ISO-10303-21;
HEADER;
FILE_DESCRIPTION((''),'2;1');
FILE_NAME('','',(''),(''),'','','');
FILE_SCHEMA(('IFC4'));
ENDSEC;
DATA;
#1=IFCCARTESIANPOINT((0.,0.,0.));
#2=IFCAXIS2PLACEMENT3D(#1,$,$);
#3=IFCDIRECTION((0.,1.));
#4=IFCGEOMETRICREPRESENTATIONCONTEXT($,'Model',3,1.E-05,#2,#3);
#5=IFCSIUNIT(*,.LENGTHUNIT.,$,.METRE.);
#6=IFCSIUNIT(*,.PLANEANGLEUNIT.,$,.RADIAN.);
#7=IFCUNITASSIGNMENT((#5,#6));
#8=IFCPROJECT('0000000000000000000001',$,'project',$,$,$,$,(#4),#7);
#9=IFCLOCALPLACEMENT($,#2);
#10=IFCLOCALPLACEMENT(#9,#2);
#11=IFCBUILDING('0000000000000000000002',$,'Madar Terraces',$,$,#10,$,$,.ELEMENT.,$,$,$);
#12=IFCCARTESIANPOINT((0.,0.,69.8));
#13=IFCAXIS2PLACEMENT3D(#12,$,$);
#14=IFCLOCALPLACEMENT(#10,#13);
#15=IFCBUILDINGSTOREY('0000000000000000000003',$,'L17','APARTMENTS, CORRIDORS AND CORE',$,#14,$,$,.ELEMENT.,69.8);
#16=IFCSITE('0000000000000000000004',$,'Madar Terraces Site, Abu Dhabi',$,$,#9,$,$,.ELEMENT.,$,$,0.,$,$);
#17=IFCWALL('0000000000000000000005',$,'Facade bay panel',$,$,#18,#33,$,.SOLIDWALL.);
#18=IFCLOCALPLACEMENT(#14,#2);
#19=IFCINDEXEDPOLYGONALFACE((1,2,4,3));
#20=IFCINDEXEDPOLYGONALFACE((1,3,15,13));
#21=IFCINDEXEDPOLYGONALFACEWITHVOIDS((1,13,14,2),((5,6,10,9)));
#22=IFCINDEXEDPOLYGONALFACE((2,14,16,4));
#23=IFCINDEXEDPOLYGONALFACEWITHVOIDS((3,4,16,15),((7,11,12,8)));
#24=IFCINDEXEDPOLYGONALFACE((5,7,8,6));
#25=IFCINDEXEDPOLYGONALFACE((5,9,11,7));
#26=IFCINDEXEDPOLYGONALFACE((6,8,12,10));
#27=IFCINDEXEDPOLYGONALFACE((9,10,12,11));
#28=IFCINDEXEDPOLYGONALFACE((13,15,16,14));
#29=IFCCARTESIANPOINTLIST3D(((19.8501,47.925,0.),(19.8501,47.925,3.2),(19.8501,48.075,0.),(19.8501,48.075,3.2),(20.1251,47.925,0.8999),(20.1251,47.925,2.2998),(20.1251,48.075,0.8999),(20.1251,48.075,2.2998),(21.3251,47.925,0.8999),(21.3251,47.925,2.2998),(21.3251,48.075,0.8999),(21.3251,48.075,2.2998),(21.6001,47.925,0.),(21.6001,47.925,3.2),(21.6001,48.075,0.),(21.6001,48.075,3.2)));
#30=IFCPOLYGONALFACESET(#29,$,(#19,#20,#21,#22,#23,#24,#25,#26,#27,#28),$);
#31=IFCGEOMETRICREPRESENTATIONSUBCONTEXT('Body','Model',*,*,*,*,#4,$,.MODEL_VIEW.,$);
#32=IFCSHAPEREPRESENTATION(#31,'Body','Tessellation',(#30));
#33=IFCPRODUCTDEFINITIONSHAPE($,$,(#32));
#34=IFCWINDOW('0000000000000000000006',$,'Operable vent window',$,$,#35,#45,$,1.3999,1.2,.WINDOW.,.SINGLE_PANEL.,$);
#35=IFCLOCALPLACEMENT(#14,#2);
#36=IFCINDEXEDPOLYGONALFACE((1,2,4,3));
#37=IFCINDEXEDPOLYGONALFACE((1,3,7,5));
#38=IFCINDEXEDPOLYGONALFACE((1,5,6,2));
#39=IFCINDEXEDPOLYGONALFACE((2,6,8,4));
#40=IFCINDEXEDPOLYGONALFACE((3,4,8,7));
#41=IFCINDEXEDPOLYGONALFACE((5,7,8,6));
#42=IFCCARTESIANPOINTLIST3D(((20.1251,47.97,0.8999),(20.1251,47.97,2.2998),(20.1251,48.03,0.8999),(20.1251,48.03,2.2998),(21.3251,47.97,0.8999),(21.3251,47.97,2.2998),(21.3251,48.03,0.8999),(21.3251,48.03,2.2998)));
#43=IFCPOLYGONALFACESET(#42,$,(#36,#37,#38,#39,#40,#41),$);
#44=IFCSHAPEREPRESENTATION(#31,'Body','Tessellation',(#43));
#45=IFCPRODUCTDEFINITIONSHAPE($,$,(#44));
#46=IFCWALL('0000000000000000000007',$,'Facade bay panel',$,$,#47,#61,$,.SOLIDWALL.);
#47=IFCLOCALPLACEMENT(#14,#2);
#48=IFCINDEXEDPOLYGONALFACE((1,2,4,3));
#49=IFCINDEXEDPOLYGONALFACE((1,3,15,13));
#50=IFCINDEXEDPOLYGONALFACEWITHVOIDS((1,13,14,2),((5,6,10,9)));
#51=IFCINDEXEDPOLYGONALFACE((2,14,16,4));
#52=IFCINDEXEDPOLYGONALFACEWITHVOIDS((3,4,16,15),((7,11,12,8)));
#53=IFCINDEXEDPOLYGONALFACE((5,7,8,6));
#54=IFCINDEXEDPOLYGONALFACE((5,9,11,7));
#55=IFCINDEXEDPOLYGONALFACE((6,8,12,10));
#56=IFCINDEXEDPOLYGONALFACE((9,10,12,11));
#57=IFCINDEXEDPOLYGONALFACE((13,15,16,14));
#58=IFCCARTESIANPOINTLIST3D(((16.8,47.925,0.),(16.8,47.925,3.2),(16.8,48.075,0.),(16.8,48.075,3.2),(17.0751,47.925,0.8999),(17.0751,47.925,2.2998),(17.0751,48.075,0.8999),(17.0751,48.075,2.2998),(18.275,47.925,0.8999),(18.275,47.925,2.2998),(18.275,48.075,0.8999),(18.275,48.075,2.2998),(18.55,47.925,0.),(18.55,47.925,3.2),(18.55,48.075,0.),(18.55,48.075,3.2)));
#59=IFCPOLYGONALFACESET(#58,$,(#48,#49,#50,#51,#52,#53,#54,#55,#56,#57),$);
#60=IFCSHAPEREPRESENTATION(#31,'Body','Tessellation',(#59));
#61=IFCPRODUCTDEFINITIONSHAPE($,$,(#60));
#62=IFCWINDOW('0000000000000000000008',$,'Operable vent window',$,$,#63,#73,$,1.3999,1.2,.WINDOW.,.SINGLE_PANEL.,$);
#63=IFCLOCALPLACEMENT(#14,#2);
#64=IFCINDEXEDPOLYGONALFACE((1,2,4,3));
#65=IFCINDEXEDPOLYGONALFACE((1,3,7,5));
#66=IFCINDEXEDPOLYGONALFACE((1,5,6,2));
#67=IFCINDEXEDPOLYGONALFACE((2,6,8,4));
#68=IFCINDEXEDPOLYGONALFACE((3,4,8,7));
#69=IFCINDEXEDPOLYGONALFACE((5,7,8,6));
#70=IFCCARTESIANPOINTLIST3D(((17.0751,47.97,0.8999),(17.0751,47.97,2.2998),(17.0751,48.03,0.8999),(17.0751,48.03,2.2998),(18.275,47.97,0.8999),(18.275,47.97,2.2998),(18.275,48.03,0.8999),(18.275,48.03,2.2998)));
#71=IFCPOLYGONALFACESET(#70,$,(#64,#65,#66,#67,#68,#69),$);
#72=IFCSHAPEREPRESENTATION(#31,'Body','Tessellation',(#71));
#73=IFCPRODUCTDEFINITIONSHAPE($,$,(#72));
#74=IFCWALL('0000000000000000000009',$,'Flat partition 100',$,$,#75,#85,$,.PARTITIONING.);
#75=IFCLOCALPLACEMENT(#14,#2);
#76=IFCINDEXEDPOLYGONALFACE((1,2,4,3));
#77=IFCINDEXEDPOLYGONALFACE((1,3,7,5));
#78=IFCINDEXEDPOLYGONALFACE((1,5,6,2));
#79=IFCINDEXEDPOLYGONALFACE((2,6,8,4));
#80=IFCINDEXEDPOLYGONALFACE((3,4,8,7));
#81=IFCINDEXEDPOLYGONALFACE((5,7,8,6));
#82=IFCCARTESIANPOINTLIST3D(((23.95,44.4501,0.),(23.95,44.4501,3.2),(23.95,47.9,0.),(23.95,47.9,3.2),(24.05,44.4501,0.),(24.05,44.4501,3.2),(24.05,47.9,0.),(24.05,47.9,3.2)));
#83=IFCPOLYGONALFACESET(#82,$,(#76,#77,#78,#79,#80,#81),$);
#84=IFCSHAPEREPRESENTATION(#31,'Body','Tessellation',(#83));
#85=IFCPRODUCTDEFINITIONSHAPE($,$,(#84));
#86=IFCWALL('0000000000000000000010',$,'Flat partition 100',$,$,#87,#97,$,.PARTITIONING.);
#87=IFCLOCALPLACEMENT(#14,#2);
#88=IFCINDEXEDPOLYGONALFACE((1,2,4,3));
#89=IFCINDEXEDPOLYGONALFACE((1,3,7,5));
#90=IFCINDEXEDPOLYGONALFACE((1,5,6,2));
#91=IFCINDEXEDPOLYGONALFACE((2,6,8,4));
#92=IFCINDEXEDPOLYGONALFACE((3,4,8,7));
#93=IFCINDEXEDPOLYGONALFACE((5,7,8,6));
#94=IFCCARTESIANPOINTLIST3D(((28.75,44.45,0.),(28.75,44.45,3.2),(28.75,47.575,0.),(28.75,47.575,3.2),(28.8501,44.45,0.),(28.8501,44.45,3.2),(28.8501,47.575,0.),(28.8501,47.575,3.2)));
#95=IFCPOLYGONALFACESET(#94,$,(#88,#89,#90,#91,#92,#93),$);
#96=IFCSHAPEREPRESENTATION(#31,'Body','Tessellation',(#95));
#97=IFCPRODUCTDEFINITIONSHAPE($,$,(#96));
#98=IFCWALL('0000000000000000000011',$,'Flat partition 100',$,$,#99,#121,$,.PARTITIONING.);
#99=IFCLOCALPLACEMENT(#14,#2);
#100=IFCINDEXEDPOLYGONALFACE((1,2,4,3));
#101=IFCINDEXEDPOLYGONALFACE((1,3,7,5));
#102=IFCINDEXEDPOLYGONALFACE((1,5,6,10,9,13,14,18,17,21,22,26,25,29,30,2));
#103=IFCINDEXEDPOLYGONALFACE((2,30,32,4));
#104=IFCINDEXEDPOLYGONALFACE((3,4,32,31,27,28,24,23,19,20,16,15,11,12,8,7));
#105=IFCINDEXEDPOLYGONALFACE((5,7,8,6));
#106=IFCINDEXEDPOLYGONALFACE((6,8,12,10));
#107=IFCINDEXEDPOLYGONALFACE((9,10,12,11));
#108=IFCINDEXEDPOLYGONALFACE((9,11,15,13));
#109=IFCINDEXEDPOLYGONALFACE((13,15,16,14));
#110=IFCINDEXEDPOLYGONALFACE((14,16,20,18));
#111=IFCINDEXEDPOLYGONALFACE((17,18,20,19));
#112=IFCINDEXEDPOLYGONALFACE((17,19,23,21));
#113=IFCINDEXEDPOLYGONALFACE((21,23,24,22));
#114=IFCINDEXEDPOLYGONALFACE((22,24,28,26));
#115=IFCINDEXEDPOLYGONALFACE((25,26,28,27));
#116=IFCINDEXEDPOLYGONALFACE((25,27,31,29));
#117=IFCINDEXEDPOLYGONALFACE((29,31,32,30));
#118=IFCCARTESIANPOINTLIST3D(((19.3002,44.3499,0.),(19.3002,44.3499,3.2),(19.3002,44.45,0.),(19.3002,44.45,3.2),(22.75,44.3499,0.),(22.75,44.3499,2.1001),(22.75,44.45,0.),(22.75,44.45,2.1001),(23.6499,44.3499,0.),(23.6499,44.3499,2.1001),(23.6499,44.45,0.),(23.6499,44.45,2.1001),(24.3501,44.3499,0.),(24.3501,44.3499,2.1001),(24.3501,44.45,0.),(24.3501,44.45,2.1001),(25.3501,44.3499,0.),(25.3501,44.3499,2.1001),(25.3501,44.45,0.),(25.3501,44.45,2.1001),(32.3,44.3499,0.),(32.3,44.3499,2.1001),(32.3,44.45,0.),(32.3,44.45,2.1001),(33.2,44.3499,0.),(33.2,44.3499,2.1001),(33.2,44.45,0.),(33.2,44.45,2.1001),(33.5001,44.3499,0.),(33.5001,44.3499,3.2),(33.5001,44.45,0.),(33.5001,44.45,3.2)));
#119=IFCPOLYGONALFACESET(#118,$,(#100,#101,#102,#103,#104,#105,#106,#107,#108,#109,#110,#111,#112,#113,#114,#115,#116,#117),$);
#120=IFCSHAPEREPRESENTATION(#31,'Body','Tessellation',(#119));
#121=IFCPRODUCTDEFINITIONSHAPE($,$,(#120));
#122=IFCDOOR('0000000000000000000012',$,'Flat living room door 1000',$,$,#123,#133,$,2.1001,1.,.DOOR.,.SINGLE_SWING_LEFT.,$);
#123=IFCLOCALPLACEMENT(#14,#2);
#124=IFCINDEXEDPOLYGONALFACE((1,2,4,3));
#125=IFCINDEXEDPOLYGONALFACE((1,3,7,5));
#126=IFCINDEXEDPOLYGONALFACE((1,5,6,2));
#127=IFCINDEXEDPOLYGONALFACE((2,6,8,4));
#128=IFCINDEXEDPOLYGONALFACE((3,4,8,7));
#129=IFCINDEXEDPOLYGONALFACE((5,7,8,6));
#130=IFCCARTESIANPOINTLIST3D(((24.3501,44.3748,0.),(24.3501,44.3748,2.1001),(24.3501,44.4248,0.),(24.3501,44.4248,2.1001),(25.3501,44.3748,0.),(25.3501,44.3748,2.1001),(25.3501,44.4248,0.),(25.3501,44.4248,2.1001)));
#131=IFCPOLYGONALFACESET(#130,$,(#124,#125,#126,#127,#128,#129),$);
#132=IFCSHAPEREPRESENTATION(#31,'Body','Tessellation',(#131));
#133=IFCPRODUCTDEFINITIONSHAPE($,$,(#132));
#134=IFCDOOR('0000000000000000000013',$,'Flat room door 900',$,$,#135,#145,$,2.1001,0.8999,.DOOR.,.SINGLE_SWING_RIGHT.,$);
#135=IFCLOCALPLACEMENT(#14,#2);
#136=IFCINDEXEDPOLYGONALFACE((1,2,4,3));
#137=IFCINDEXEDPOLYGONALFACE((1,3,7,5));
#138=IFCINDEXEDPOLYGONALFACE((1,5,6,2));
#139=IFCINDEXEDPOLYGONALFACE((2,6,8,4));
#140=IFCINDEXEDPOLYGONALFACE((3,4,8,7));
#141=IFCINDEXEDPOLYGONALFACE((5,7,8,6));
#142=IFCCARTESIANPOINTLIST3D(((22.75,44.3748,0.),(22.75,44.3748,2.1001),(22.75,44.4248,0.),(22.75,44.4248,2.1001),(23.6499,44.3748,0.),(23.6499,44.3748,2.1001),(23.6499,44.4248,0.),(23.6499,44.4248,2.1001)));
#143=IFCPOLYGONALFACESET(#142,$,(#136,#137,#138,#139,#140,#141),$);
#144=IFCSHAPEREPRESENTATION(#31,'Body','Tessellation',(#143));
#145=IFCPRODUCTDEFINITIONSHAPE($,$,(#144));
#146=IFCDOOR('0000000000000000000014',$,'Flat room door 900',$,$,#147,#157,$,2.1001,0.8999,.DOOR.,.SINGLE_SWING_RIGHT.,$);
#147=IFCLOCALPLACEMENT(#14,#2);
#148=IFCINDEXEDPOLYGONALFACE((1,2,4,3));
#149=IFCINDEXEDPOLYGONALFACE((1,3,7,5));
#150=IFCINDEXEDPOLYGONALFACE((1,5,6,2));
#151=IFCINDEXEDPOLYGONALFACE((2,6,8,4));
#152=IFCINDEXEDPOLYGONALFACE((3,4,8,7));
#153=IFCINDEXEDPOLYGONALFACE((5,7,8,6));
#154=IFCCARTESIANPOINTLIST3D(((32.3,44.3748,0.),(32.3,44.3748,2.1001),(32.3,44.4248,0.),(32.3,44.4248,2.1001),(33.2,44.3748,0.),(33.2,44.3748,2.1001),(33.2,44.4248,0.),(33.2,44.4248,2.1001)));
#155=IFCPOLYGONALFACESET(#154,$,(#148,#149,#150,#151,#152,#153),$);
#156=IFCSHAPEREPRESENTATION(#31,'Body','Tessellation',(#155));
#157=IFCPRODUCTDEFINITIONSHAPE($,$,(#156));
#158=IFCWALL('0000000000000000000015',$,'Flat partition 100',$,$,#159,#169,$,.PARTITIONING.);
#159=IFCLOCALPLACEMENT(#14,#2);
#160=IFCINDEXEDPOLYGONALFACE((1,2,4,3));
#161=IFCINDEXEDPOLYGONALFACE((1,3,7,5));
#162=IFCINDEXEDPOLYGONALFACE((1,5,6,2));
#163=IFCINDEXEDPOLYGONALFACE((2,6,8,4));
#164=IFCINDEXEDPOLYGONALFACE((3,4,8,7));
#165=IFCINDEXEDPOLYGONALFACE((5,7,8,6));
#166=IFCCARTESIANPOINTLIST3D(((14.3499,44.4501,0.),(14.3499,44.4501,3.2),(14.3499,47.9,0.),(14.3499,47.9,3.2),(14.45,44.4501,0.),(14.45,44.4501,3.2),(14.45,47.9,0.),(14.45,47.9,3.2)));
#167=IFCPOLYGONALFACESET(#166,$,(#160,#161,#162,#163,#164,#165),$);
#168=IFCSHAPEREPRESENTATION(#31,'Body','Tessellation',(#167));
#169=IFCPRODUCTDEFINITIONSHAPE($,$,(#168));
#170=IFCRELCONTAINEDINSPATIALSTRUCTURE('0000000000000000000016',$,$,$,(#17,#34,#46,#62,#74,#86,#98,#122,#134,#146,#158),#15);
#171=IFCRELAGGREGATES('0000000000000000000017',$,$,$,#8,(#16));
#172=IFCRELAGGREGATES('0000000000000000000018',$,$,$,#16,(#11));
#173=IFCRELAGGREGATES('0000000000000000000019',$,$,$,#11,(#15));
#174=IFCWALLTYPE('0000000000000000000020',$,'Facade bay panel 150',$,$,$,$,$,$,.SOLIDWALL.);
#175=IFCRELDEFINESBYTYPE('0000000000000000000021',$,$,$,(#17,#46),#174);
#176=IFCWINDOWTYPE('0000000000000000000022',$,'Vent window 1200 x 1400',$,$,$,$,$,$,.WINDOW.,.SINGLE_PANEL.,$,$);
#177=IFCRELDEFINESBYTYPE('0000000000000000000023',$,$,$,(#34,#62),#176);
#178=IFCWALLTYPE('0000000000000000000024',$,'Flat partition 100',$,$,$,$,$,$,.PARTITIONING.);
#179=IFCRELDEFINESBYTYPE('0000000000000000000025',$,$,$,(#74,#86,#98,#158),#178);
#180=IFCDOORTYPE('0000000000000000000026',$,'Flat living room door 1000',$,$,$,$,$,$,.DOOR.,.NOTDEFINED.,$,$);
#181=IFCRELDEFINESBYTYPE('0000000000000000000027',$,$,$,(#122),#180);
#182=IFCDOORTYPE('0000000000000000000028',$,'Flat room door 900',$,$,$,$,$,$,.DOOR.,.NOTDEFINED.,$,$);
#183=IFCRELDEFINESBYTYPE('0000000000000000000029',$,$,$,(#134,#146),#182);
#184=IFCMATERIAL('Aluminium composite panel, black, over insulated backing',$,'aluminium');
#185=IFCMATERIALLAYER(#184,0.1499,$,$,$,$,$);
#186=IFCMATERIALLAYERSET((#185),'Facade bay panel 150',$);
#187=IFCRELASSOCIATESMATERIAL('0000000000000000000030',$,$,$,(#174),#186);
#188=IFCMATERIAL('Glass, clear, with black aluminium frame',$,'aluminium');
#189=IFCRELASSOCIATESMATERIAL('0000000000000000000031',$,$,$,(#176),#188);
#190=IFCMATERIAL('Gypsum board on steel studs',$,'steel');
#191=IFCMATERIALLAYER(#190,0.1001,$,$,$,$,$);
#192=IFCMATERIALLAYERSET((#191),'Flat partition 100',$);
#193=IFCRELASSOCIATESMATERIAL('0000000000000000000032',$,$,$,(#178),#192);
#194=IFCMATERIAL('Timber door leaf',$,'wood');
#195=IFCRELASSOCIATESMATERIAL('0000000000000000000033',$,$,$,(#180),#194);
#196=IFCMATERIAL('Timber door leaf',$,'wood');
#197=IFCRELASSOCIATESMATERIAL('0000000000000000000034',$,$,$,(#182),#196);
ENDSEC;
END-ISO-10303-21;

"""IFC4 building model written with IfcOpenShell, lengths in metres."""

from ifc_helpers import new_model, si_unit, direction, frame, frame_2d, origin, place, context, subcontext, project, spatial, rectangle, extrude, material, layer, layer_set, type_object, element, fill, save


model = new_model("IFC4")

# Units and contexts
model_context = context("Model", 3, precision=1e-05, world=origin(), true_north=direction((0.0, 1.0)))
body_context = subcontext(model_context, "Body", "Model", "MODEL_VIEW")
ifc_project = project(units=[si_unit("LENGTHUNIT", "METRE"), si_unit("PLANEANGLEUNIT", "RADIAN")], contexts=[model_context])

# Site, building, storey
site_placement = place(None, origin())
site = spatial("IfcSite", under=ifc_project, at=site_placement, Name="Madar Terraces Site, Abu Dhabi", CompositionType="ELEMENT", RefElevation=0.0)
building_placement = place(site_placement, origin())
building = spatial("IfcBuilding", under=site, at=building_placement, Name="Madar Terraces", CompositionType="ELEMENT")
storey_placement = place(building_placement, frame((0.0, 0.0, 69.8)))
storey = spatial("IfcBuildingStorey", under=building, at=storey_placement, Name="L17", Description="APARTMENTS, CORRIDORS AND CORE", CompositionType="ELEMENT", Elevation=69.8)

# Walls, openings, windows
ifc_material_1 = material(Name="Aluminium composite panel, black, over insulated backing", Category="aluminium")
ifc_layer_1 = layer(ifc_material_1, 0.1499)
ifc_layer_set_1 = layer_set([ifc_layer_1], Name="Facade bay panel 150")
wall_type_1 = type_object("IfcWallType", Name="Facade bay panel 150", PredefinedType="SOLIDWALL", material=ifc_layer_set_1)
ifc_material_2 = material(Name="Glass, clear, with black aluminium frame", Category="aluminium")
window_type = type_object("IfcWindowType", Name="Vent window 1200 x 1400", PartitioningType="SINGLE_PANEL", PredefinedType="WINDOW", material=ifc_material_2)
wall_1_placement = place(storey_placement, frame((21.6001, 48.0, 0.0), z_axis=(0.0, 0.0, 1.0), x_axis=(-1.0, 0.0, 0.0)))
wall_1 = element("IfcWall", 1, at=wall_1_placement, inside=storey, type_object=wall_type_1, Name="Facade bay panel", PredefinedType="SOLIDWALL", context=body_context, shape_type="SweptSolid", body=[
    extrude(rectangle(XDim=1.75, YDim=0.1499, at=frame_2d((0.875, 0.0))), origin(), (0.0, 0.0, 1.0), 3.2),
])
opening_1_placement = place(wall_1_placement, frame((0.2749, 0.0, 0.8999)))
opening_1 = element("IfcOpeningElement", 2, at=opening_1_placement, cuts=wall_1, PredefinedType="OPENING", context=body_context, shape_type="SweptSolid", body=[
    extrude(rectangle(XDim=1.2, YDim=1.3999, at=frame_2d((0.6001, 0.7))), frame((0.0, 0.085, 0.0), z_axis=(0.0, -1.0, 0.0), x_axis=(1.0, 0.0, 0.0)), (0.0, 0.0, 1.0), 0.1699),
])
window_1_placement = place(opening_1_placement, origin())
window_1 = element("IfcWindow", 3, at=window_1_placement, inside=storey, type_object=window_type, Name="Operable vent window", OverallHeight=1.3999, OverallWidth=1.2, PartitioningType="SINGLE_PANEL", PredefinedType="WINDOW", context=body_context, shape_type="SweptSolid", body=[
    extrude(rectangle(XDim=1.2, YDim=1.3999, at=frame_2d((0.6001, 0.7))), frame((0.0, 0.03, 0.0), z_axis=(0.0, -1.0, 0.0), x_axis=(1.0, 0.0, 0.0)), (0.0, 0.0, 1.0), 0.0601),
])
fill(opening_1, window_1)
wall_2_placement = place(storey_placement, frame((18.55, 48.0, 0.0), z_axis=(0.0, 0.0, 1.0), x_axis=(-1.0, 0.0, 0.0)))
wall_2 = element("IfcWall", 4, at=wall_2_placement, inside=storey, type_object=wall_type_1, Name="Facade bay panel", PredefinedType="SOLIDWALL", context=body_context, shape_type="SweptSolid", body=[
    extrude(rectangle(XDim=1.75, YDim=0.1499, at=frame_2d((0.875, 0.0))), origin(), (0.0, 0.0, 1.0), 3.2),
])
opening_2_placement = place(wall_2_placement, frame((0.2749, 0.0, 0.8999)))
opening_2 = element("IfcOpeningElement", 5, at=opening_2_placement, cuts=wall_2, PredefinedType="OPENING", context=body_context, shape_type="SweptSolid", body=[
    extrude(rectangle(XDim=1.2, YDim=1.3999, at=frame_2d((0.6001, 0.7))), frame((0.0, 0.085, 0.0), z_axis=(0.0, -1.0, 0.0), x_axis=(1.0, 0.0, 0.0)), (0.0, 0.0, 1.0), 0.1699),
])
window_2_placement = place(opening_2_placement, origin())
window_2 = element("IfcWindow", 6, at=window_2_placement, inside=storey, type_object=window_type, Name="Operable vent window", OverallHeight=1.3999, OverallWidth=1.2, PartitioningType="SINGLE_PANEL", PredefinedType="WINDOW", context=body_context, shape_type="SweptSolid", body=[
    extrude(rectangle(XDim=1.2, YDim=1.3999, at=frame_2d((0.6001, 0.7))), frame((0.0, 0.03, 0.0), z_axis=(0.0, -1.0, 0.0), x_axis=(1.0, 0.0, 0.0)), (0.0, 0.0, 1.0), 0.0601),
])
fill(opening_2, window_2)

# Walls
ifc_material_3 = material(Name="Gypsum board on steel studs", Category="steel")
ifc_layer_2 = layer(ifc_material_3, 0.1001)
ifc_layer_set_2 = layer_set([ifc_layer_2], Name="Flat partition 100")
wall_type_2 = type_object("IfcWallType", Name="Flat partition 100", PredefinedType="PARTITIONING", material=ifc_layer_set_2)
wall_3_placement = place(storey_placement, frame((24.0, 44.45, 0.0), z_axis=(0.0, 0.0, 1.0), x_axis=(0.0, 1.0, 0.0)))
element("IfcWall", 7, at=wall_3_placement, inside=storey, type_object=wall_type_2, Name="Flat partition 100", PredefinedType="PARTITIONING", context=body_context, shape_type="SweptSolid", body=[
    extrude(rectangle(XDim=3.45, YDim=0.1001, at=frame_2d((1.7251, 0.0))), origin(), (0.0, 0.0, 1.0), 3.2),
])
wall_4_placement = place(storey_placement, frame((28.8, 44.45, 0.0), z_axis=(0.0, 0.0, 1.0), x_axis=(0.0, 1.0, 0.0)))
element("IfcWall", 8, at=wall_4_placement, inside=storey, type_object=wall_type_2, Name="Flat partition 100", PredefinedType="PARTITIONING", context=body_context, shape_type="SweptSolid", body=[
    extrude(rectangle(XDim=3.125, YDim=0.1001, at=frame_2d((1.5625, 0.0))), origin(), (0.0, 0.0, 1.0), 3.2),
])

# Wall, openings, doors
wall_5_placement = place(storey_placement, frame((19.3, 44.3999, 0.0), z_axis=(0.0, 0.0, 1.0), x_axis=(1.0, 0.0, 0.0)))
wall_5 = element("IfcWall", 9, at=wall_5_placement, inside=storey, type_object=wall_type_2, Name="Flat partition 100", PredefinedType="PARTITIONING", context=body_context, shape_type="SweptSolid", body=[
    extrude(rectangle(XDim=14.2, YDim=0.1001, at=frame_2d((7.1001, 0.0))), origin(), (0.0, 0.0, 1.0), 3.2),
])
opening_3_placement = place(wall_5_placement, frame((3.45, 0.0, 0.0)))
opening_3 = element("IfcOpeningElement", 10, at=opening_3_placement, cuts=wall_5, PredefinedType="OPENING", context=body_context, shape_type="SweptSolid", body=[
    extrude(rectangle(XDim=0.8999, YDim=2.1001, at=frame_2d((0.45, 1.05))), frame((0.0, 0.0601, 0.0), z_axis=(0.0, -1.0, 0.0), x_axis=(1.0, 0.0, 0.0)), (0.0, 0.0, 1.0), 0.1201),
])
opening_4_placement = place(wall_5_placement, frame((5.05, 0.0, 0.0)))
opening_4 = element("IfcOpeningElement", 11, at=opening_4_placement, cuts=wall_5, PredefinedType="OPENING", context=body_context, shape_type="SweptSolid", body=[
    extrude(rectangle(XDim=1.0, YDim=2.1001, at=frame_2d((0.5, 1.05))), frame((0.0, 0.0601, 0.0), z_axis=(0.0, -1.0, 0.0), x_axis=(1.0, 0.0, 0.0)), (0.0, 0.0, 1.0), 0.1201),
])
opening_5_placement = place(wall_5_placement, frame((13.0, 0.0, 0.0)))
opening_5 = element("IfcOpeningElement", 12, at=opening_5_placement, cuts=wall_5, PredefinedType="OPENING", context=body_context, shape_type="SweptSolid", body=[
    extrude(rectangle(XDim=0.8999, YDim=2.1001, at=frame_2d((0.45, 1.05))), frame((0.0, 0.0601, 0.0), z_axis=(0.0, -1.0, 0.0), x_axis=(1.0, 0.0, 0.0)), (0.0, 0.0, 1.0), 0.1201),
])
ifc_material_4 = material(Name="Timber door leaf", Category="wood")
door_type_1 = type_object("IfcDoorType", Name="Flat living room door 1000", OperationType="NOTDEFINED", PredefinedType="DOOR", material=ifc_material_4)
door_1_placement = place(opening_4_placement, origin())
door_1 = element("IfcDoor", 13, at=door_1_placement, inside=storey, type_object=door_type_1, Name="Flat living room door 1000", OperationType="SINGLE_SWING_LEFT", OverallHeight=2.1001, OverallWidth=1.0, PredefinedType="DOOR", context=body_context, shape_type="SweptSolid", body=[
    extrude(rectangle(XDim=1.0, YDim=2.1001, at=frame_2d((0.5, 1.05))), frame((0.0, 0.0249, 0.0), z_axis=(0.0, -1.0, 0.0), x_axis=(1.0, 0.0, 0.0)), (0.0, 0.0, 1.0), 0.05),
])
fill(opening_4, door_1)
ifc_material_5 = material(Name="Timber door leaf", Category="wood")
door_type_2 = type_object("IfcDoorType", Name="Flat room door 900", OperationType="NOTDEFINED", PredefinedType="DOOR", material=ifc_material_5)
door_2_placement = place(opening_3_placement, origin())
door_2 = element("IfcDoor", 14, at=door_2_placement, inside=storey, type_object=door_type_2, Name="Flat room door 900", OperationType="SINGLE_SWING_RIGHT", OverallHeight=2.1001, OverallWidth=0.8999, PredefinedType="DOOR", context=body_context, shape_type="SweptSolid", body=[
    extrude(rectangle(XDim=0.8999, YDim=2.1001, at=frame_2d((0.45, 1.05))), frame((0.0, 0.0249, 0.0), z_axis=(0.0, -1.0, 0.0), x_axis=(1.0, 0.0, 0.0)), (0.0, 0.0, 1.0), 0.05),
])
fill(opening_3, door_2)
door_3_placement = place(opening_5_placement, origin())
door_3 = element("IfcDoor", 15, at=door_3_placement, inside=storey, type_object=door_type_2, Name="Flat room door 900", OperationType="SINGLE_SWING_RIGHT", OverallHeight=2.1001, OverallWidth=0.8999, PredefinedType="DOOR", context=body_context, shape_type="SweptSolid", body=[
    extrude(rectangle(XDim=0.8999, YDim=2.1001, at=frame_2d((0.45, 1.05))), frame((0.0, 0.0249, 0.0), z_axis=(0.0, -1.0, 0.0), x_axis=(1.0, 0.0, 0.0)), (0.0, 0.0, 1.0), 0.05),
])
fill(opening_5, door_3)

# Wall
wall_6_placement = place(storey_placement, frame((14.3999, 44.45, 0.0), z_axis=(0.0, 0.0, 1.0), x_axis=(0.0, 1.0, 0.0)))
element("IfcWall", 16, at=wall_6_placement, inside=storey, type_object=wall_type_2, Name="Flat partition 100", PredefinedType="PARTITIONING", context=body_context, shape_type="SweptSolid", body=[
    extrude(rectangle(XDim=3.45, YDim=0.1001, at=frame_2d((1.7251, 0.0))), origin(), (0.0, 0.0, 1.0), 3.2),
])

save(model, "model.ifc")
